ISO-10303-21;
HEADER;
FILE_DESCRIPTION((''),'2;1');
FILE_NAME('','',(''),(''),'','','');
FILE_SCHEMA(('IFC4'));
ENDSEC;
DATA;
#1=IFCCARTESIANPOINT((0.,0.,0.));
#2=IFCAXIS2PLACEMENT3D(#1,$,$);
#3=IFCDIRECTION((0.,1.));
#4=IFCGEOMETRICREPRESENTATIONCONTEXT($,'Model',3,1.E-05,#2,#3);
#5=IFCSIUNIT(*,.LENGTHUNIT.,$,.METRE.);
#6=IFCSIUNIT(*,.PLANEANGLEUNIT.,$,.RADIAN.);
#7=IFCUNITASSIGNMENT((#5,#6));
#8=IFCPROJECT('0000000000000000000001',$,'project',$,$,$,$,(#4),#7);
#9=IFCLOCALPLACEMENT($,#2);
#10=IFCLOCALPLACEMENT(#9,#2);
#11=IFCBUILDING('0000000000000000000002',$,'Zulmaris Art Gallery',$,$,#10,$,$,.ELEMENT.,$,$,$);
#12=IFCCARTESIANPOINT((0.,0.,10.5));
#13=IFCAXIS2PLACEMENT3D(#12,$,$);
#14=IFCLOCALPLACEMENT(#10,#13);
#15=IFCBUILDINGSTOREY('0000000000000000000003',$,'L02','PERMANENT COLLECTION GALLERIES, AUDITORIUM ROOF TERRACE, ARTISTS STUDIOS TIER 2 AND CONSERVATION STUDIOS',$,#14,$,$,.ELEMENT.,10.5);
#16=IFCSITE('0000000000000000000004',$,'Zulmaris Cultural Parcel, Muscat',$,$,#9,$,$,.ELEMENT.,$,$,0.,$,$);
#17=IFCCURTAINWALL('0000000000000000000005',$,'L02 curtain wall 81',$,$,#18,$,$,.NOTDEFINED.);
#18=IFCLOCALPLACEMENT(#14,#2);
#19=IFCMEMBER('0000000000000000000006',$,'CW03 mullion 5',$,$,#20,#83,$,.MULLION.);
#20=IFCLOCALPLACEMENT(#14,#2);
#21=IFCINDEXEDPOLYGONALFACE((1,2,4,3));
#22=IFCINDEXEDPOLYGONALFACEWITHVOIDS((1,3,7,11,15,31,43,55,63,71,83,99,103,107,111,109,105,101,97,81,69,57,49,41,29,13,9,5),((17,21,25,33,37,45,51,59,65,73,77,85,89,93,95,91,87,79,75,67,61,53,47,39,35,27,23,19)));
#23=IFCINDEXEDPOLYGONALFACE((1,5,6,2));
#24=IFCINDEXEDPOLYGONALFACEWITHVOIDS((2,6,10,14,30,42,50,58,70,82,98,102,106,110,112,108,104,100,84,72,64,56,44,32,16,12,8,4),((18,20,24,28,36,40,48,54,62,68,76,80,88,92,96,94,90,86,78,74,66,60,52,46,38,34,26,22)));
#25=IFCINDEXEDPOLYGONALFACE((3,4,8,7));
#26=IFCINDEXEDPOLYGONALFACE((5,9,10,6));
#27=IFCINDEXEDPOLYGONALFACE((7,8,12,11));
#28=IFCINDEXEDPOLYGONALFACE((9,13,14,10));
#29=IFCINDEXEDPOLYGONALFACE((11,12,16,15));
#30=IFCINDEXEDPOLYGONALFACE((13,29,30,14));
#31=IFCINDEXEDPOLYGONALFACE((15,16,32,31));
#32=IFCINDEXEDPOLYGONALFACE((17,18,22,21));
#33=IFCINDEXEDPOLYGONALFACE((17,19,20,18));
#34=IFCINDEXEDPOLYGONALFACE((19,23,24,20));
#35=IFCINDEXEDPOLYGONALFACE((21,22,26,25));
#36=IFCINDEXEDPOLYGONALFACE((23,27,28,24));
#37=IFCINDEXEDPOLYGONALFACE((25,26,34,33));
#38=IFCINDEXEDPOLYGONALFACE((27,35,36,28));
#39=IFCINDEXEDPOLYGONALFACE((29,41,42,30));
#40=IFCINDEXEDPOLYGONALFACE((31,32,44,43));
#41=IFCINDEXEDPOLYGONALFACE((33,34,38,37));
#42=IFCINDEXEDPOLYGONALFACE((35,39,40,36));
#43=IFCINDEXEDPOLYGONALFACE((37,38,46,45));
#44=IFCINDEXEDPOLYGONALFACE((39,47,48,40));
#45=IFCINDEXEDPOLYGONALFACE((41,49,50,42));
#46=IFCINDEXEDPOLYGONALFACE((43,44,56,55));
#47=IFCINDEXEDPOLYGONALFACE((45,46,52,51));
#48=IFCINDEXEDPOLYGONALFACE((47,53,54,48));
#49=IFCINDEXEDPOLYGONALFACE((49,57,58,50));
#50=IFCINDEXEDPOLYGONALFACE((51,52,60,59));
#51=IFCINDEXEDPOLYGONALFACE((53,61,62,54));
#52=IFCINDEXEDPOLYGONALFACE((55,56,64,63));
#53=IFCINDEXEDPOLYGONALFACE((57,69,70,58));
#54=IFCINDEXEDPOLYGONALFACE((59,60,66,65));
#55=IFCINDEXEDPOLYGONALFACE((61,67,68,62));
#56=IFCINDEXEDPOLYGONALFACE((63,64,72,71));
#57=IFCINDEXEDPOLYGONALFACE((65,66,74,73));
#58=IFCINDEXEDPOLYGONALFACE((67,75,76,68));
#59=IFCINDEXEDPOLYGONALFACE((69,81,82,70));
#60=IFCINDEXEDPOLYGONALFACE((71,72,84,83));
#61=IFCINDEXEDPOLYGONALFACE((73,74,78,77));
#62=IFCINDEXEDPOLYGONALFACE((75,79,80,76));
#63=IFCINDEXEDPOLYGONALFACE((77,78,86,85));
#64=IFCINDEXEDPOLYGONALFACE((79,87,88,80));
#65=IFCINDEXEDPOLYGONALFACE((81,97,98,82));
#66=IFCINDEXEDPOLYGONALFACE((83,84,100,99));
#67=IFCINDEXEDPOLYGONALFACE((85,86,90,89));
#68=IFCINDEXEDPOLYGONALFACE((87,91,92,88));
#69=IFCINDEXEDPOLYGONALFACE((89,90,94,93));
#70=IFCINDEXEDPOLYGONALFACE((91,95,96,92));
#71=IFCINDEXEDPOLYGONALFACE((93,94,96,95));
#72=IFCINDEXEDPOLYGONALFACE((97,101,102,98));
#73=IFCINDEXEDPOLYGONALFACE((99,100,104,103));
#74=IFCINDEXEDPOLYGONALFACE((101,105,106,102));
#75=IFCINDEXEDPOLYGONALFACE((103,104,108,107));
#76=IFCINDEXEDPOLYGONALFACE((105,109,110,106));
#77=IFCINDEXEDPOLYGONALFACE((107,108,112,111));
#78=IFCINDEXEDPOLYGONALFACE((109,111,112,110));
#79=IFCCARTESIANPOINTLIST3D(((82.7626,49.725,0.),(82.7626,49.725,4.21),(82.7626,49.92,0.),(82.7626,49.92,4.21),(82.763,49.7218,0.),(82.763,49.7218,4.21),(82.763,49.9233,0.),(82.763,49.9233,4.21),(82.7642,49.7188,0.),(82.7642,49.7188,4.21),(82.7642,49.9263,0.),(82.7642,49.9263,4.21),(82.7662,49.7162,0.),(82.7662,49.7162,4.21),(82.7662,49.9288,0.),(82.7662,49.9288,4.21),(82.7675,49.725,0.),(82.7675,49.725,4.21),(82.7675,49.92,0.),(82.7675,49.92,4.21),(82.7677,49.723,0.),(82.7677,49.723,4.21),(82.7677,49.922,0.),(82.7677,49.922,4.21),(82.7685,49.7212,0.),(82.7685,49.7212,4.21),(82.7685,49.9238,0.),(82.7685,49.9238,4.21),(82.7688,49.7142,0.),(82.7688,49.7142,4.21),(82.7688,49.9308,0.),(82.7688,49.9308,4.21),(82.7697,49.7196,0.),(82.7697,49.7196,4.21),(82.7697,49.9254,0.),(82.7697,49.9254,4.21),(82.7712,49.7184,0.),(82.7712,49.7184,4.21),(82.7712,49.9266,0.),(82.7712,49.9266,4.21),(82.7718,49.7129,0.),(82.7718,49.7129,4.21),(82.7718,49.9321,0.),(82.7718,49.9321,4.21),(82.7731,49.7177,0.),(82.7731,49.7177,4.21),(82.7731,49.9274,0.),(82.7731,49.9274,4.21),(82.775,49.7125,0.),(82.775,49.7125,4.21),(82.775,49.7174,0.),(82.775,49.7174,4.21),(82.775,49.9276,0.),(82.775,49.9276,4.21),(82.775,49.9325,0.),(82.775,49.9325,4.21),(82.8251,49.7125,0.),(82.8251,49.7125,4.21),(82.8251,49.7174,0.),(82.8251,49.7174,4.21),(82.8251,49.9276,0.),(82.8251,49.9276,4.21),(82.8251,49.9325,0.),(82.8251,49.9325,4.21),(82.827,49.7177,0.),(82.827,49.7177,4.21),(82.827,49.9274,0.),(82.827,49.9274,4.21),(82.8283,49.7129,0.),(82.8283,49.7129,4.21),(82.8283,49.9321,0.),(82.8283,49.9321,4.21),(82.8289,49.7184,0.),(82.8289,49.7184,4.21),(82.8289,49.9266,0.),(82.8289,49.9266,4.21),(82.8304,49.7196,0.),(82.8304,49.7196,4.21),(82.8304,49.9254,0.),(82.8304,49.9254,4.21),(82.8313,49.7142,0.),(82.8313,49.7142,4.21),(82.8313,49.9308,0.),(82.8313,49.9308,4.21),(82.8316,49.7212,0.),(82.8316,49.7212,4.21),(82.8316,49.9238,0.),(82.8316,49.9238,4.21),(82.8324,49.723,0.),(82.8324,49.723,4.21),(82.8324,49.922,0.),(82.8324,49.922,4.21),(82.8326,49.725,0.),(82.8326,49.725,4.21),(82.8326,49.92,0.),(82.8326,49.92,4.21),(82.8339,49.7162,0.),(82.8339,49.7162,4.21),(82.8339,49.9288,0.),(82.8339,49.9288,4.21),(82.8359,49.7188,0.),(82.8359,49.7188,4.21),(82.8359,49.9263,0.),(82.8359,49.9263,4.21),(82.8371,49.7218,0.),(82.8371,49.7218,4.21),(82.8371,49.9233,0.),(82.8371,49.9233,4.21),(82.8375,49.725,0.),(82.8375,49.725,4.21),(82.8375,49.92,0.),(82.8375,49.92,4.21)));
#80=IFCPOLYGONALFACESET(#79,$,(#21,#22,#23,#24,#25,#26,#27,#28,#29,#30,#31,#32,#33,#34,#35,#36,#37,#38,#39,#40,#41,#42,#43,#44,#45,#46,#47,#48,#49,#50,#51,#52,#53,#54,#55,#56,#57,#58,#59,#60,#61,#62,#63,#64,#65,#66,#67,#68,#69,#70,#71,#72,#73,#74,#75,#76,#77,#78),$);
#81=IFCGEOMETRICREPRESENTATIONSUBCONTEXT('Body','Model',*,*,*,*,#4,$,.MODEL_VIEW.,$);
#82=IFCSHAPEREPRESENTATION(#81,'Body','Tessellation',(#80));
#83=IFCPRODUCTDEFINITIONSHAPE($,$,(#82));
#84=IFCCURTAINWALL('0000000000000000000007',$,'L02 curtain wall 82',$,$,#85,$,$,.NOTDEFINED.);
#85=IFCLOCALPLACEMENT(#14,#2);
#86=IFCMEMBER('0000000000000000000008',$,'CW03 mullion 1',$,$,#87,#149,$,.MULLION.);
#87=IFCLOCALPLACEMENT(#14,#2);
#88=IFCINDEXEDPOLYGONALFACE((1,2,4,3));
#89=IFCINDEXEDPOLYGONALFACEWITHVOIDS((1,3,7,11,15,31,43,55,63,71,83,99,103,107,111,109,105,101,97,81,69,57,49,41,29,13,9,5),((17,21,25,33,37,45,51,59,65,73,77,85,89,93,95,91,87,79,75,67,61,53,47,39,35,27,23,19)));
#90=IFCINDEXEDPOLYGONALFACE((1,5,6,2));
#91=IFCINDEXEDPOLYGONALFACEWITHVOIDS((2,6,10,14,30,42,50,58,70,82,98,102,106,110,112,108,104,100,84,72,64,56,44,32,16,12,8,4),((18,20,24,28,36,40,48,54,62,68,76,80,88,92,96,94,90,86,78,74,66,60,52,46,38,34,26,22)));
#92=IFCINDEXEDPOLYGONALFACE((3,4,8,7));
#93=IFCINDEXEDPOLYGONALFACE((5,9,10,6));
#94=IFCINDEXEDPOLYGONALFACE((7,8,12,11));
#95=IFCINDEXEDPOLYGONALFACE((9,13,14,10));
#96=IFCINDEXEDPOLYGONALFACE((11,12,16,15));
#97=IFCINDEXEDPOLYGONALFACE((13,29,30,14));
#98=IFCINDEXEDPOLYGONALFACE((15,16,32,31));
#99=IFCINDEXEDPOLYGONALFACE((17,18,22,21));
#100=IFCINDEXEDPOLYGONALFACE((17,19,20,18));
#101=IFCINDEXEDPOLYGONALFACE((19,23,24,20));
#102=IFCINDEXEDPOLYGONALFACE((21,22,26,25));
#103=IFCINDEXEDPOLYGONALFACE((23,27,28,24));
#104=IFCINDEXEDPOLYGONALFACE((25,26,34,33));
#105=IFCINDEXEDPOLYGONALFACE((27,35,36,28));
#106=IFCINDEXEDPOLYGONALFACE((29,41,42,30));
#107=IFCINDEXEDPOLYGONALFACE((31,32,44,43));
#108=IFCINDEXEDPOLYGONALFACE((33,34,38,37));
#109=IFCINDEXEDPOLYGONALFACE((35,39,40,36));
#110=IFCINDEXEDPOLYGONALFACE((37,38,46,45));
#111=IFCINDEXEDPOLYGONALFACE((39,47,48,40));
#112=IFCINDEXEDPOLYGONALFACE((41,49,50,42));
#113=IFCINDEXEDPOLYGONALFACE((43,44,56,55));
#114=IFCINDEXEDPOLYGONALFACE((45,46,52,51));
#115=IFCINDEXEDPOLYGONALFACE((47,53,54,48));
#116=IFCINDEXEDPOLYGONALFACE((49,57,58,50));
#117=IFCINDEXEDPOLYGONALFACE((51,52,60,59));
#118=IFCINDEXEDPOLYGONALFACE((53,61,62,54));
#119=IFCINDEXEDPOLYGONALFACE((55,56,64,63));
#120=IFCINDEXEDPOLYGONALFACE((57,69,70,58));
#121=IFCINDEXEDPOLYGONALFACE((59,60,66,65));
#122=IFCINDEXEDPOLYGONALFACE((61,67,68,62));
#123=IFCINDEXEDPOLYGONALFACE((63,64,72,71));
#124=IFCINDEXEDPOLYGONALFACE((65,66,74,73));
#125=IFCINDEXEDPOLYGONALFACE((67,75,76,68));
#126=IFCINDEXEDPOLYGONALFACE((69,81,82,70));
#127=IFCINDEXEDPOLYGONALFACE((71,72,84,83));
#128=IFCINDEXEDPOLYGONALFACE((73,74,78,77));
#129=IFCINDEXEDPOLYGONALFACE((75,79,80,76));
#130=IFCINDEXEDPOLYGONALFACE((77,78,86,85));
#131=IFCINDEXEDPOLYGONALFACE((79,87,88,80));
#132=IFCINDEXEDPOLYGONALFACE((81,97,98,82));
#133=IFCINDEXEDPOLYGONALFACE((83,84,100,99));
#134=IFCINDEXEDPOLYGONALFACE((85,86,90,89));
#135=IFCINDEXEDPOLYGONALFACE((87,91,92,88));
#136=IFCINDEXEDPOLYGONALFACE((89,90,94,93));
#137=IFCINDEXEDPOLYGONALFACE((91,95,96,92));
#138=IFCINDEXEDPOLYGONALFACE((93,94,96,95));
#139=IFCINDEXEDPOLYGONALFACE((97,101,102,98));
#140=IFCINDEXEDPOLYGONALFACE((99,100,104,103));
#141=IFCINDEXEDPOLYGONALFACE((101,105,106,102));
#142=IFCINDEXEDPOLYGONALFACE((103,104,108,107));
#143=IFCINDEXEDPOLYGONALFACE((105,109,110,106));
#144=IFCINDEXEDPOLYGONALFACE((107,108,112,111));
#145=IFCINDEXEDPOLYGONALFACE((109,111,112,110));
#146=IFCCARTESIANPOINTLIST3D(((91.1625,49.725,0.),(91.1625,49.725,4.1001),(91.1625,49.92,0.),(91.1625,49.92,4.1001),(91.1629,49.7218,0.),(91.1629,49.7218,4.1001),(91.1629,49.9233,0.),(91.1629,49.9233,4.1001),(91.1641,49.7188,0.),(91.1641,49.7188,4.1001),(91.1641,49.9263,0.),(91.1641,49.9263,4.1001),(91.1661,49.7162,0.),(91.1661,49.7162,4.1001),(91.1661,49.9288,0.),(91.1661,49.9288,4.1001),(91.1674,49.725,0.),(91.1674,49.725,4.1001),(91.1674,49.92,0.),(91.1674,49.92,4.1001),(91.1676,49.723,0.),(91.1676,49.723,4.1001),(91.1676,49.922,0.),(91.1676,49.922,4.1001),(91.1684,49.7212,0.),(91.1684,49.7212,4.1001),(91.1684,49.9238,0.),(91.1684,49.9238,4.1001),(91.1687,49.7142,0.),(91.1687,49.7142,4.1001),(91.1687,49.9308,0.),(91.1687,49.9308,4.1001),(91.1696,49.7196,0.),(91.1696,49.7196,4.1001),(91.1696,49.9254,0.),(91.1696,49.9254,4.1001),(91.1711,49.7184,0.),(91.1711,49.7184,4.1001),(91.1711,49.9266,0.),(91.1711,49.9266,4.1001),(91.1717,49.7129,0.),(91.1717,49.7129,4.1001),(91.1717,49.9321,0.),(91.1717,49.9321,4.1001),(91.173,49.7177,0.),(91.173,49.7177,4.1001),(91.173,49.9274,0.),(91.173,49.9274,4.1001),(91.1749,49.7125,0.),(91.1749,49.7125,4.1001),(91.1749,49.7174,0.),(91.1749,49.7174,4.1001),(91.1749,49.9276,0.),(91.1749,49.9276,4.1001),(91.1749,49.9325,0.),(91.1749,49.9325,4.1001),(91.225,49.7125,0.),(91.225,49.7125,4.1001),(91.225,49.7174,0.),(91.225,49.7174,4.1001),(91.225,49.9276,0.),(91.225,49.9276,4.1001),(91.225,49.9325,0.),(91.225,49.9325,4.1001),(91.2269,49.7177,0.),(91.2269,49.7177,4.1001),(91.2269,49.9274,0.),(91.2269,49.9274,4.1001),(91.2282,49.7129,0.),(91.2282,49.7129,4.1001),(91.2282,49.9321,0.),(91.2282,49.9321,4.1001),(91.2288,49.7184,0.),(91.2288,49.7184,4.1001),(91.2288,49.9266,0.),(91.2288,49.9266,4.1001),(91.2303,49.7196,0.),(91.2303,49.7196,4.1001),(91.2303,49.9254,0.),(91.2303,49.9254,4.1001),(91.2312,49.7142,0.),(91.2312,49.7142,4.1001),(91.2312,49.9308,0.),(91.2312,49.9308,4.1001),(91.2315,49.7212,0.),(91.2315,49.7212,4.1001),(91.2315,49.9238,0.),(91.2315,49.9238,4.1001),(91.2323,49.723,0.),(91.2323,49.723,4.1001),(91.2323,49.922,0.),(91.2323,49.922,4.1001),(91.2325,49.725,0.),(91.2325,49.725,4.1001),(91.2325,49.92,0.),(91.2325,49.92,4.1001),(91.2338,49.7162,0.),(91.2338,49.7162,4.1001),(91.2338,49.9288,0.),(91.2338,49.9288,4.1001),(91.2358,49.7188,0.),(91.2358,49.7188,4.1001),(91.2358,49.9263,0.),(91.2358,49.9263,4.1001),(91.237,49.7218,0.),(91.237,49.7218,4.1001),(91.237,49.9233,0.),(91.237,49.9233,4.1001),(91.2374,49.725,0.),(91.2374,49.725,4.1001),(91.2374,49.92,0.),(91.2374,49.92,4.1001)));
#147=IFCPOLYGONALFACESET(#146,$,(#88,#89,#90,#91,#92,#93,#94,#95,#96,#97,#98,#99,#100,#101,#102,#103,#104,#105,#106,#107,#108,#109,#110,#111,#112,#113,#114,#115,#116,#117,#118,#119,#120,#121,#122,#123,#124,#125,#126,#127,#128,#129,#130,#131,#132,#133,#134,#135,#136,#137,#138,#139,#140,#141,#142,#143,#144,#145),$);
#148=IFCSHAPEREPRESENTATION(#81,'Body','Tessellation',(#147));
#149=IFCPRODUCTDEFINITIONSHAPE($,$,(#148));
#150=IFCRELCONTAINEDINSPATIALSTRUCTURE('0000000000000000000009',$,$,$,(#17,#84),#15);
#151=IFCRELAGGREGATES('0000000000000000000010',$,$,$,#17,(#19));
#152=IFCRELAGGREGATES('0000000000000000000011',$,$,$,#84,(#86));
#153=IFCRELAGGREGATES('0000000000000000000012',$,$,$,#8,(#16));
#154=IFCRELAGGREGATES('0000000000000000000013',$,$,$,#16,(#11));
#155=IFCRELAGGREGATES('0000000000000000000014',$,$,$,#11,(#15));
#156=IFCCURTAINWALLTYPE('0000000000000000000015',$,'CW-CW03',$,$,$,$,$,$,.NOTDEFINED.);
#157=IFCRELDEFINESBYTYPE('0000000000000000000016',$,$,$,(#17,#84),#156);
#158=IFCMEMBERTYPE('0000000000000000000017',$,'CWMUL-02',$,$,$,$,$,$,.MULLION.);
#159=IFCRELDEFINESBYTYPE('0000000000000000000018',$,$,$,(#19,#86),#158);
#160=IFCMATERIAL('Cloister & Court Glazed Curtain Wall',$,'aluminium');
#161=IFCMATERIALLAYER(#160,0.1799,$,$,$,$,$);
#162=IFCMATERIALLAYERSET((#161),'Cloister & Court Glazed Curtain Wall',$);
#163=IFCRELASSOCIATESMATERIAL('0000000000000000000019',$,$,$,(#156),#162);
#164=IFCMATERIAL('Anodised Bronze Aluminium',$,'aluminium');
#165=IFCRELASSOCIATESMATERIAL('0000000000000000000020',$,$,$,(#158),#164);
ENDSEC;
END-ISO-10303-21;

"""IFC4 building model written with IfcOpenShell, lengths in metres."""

from ifc_helpers import new_model, si_unit, direction, frame, origin, origin_2d, place, context, subcontext, project, spatial, hollow_rectangle, extrude, material, layer, layer_set, material_profile, profile_set, type_object, element, aggregate, save


model = new_model("IFC4")

# Units and contexts
model_context = context("Model", 3, precision=1e-05, world=origin(), true_north=direction((0.0, 1.0)))
body_context = subcontext(model_context, "Body", "Model", "MODEL_VIEW")
ifc_project = project(units=[si_unit("LENGTHUNIT", "METRE"), si_unit("PLANEANGLEUNIT", "RADIAN")], contexts=[model_context])

# Site, building, storey
site_placement = place(None, origin())
site = spatial("IfcSite", under=ifc_project, at=site_placement, Name="Zulmaris Cultural Parcel, Muscat", CompositionType="ELEMENT", RefElevation=0.0)
building_placement = place(site_placement, origin())
building = spatial("IfcBuilding", under=site, at=building_placement, Name="Zulmaris Art Gallery", CompositionType="ELEMENT")
storey_placement = place(building_placement, frame((0.0, 0.0, 10.5)))
storey = spatial("IfcBuildingStorey", under=building, at=storey_placement, Name="L02", Description="PERMANENT COLLECTION GALLERIES, AUDITORIUM ROOF TERRACE, ARTISTS STUDIOS TIER 2 AND CONSERVATION STUDIOS", CompositionType="ELEMENT", Elevation=10.5)

# Curtain walls, members
ifc_material_1 = material(Name="Cloister & Court Glazed Curtain Wall", Category="aluminium")
ifc_layer_1 = layer(ifc_material_1, 0.1799)
ifc_layer_set_1 = layer_set([ifc_layer_1], Name="Cloister & Court Glazed Curtain Wall")
curtain_wall_type = type_object("IfcCurtainWallType", Name="CW-CW03", PredefinedType="NOTDEFINED", material=ifc_layer_set_1)
curtain_wall_1_placement = place(storey_placement, origin())
curtain_wall_1 = element("IfcCurtainWall", 1, at=curtain_wall_1_placement, inside=storey, type_object=curtain_wall_type, Name="L02 curtain wall 81", PredefinedType="NOTDEFINED")
ifc_material_2 = material(Name="Anodised Bronze Aluminium", Category="aluminium")
ifc_material_profile_1 = material_profile(ifc_material_2, hollow_rectangle(XDim=0.075, YDim=0.22, WallThickness=0.0049, InnerFilletRadius=0.0076, OuterFilletRadius=0.0125, at=origin_2d()), Name="ALU 75x220x5")
ifc_profile_set_1 = profile_set([ifc_material_profile_1], Name="Anodised Bronze Aluminium")
member_type_1 = type_object("IfcMemberType", Name="CWMUL-02", PredefinedType="MULLION", material=ifc_profile_set_1)
member_1_placement = place(storey_placement, frame((82.8, 49.8225, 0.0), z_axis=(0.0, 0.0, 1.0), x_axis=(-1.0, 0.0, 0.0)))
member_1 = element("IfcMember", 2, at=member_1_placement, type_object=member_type_1, Name="CW03 mullion 5", PredefinedType="MULLION", context=body_context, shape_type="SweptSolid", body=[
    extrude(hollow_rectangle(XDim=0.075, YDim=0.22, WallThickness=0.0049, InnerFilletRadius=0.0076, OuterFilletRadius=0.0125, at=origin_2d()), origin(), (0.0, 0.0, 1.0), 4.21),
])
curtain_wall_2_placement = place(storey_placement, origin())
curtain_wall_2 = element("IfcCurtainWall", 3, at=curtain_wall_2_placement, inside=storey, type_object=curtain_wall_type, Name="L02 curtain wall 82", PredefinedType="NOTDEFINED")
member_2_placement = place(storey_placement, frame((91.2, 49.8225, 0.0), z_axis=(0.0, 0.0, 1.0), x_axis=(1.0, 0.0, 0.0)))
member_2 = element("IfcMember", 4, at=member_2_placement, type_object=member_type_1, Name="CW03 mullion 1", PredefinedType="MULLION", context=body_context, shape_type="SweptSolid", body=[
    extrude(hollow_rectangle(XDim=0.075, YDim=0.22, WallThickness=0.0049, InnerFilletRadius=0.0076, OuterFilletRadius=0.0125, at=origin_2d()), origin(), (0.0, 0.0, 1.0), 4.1001),
])

aggregate(curtain_wall_1, [member_1])
aggregate(curtain_wall_2, [member_2])

save(model, "model.ifc")
